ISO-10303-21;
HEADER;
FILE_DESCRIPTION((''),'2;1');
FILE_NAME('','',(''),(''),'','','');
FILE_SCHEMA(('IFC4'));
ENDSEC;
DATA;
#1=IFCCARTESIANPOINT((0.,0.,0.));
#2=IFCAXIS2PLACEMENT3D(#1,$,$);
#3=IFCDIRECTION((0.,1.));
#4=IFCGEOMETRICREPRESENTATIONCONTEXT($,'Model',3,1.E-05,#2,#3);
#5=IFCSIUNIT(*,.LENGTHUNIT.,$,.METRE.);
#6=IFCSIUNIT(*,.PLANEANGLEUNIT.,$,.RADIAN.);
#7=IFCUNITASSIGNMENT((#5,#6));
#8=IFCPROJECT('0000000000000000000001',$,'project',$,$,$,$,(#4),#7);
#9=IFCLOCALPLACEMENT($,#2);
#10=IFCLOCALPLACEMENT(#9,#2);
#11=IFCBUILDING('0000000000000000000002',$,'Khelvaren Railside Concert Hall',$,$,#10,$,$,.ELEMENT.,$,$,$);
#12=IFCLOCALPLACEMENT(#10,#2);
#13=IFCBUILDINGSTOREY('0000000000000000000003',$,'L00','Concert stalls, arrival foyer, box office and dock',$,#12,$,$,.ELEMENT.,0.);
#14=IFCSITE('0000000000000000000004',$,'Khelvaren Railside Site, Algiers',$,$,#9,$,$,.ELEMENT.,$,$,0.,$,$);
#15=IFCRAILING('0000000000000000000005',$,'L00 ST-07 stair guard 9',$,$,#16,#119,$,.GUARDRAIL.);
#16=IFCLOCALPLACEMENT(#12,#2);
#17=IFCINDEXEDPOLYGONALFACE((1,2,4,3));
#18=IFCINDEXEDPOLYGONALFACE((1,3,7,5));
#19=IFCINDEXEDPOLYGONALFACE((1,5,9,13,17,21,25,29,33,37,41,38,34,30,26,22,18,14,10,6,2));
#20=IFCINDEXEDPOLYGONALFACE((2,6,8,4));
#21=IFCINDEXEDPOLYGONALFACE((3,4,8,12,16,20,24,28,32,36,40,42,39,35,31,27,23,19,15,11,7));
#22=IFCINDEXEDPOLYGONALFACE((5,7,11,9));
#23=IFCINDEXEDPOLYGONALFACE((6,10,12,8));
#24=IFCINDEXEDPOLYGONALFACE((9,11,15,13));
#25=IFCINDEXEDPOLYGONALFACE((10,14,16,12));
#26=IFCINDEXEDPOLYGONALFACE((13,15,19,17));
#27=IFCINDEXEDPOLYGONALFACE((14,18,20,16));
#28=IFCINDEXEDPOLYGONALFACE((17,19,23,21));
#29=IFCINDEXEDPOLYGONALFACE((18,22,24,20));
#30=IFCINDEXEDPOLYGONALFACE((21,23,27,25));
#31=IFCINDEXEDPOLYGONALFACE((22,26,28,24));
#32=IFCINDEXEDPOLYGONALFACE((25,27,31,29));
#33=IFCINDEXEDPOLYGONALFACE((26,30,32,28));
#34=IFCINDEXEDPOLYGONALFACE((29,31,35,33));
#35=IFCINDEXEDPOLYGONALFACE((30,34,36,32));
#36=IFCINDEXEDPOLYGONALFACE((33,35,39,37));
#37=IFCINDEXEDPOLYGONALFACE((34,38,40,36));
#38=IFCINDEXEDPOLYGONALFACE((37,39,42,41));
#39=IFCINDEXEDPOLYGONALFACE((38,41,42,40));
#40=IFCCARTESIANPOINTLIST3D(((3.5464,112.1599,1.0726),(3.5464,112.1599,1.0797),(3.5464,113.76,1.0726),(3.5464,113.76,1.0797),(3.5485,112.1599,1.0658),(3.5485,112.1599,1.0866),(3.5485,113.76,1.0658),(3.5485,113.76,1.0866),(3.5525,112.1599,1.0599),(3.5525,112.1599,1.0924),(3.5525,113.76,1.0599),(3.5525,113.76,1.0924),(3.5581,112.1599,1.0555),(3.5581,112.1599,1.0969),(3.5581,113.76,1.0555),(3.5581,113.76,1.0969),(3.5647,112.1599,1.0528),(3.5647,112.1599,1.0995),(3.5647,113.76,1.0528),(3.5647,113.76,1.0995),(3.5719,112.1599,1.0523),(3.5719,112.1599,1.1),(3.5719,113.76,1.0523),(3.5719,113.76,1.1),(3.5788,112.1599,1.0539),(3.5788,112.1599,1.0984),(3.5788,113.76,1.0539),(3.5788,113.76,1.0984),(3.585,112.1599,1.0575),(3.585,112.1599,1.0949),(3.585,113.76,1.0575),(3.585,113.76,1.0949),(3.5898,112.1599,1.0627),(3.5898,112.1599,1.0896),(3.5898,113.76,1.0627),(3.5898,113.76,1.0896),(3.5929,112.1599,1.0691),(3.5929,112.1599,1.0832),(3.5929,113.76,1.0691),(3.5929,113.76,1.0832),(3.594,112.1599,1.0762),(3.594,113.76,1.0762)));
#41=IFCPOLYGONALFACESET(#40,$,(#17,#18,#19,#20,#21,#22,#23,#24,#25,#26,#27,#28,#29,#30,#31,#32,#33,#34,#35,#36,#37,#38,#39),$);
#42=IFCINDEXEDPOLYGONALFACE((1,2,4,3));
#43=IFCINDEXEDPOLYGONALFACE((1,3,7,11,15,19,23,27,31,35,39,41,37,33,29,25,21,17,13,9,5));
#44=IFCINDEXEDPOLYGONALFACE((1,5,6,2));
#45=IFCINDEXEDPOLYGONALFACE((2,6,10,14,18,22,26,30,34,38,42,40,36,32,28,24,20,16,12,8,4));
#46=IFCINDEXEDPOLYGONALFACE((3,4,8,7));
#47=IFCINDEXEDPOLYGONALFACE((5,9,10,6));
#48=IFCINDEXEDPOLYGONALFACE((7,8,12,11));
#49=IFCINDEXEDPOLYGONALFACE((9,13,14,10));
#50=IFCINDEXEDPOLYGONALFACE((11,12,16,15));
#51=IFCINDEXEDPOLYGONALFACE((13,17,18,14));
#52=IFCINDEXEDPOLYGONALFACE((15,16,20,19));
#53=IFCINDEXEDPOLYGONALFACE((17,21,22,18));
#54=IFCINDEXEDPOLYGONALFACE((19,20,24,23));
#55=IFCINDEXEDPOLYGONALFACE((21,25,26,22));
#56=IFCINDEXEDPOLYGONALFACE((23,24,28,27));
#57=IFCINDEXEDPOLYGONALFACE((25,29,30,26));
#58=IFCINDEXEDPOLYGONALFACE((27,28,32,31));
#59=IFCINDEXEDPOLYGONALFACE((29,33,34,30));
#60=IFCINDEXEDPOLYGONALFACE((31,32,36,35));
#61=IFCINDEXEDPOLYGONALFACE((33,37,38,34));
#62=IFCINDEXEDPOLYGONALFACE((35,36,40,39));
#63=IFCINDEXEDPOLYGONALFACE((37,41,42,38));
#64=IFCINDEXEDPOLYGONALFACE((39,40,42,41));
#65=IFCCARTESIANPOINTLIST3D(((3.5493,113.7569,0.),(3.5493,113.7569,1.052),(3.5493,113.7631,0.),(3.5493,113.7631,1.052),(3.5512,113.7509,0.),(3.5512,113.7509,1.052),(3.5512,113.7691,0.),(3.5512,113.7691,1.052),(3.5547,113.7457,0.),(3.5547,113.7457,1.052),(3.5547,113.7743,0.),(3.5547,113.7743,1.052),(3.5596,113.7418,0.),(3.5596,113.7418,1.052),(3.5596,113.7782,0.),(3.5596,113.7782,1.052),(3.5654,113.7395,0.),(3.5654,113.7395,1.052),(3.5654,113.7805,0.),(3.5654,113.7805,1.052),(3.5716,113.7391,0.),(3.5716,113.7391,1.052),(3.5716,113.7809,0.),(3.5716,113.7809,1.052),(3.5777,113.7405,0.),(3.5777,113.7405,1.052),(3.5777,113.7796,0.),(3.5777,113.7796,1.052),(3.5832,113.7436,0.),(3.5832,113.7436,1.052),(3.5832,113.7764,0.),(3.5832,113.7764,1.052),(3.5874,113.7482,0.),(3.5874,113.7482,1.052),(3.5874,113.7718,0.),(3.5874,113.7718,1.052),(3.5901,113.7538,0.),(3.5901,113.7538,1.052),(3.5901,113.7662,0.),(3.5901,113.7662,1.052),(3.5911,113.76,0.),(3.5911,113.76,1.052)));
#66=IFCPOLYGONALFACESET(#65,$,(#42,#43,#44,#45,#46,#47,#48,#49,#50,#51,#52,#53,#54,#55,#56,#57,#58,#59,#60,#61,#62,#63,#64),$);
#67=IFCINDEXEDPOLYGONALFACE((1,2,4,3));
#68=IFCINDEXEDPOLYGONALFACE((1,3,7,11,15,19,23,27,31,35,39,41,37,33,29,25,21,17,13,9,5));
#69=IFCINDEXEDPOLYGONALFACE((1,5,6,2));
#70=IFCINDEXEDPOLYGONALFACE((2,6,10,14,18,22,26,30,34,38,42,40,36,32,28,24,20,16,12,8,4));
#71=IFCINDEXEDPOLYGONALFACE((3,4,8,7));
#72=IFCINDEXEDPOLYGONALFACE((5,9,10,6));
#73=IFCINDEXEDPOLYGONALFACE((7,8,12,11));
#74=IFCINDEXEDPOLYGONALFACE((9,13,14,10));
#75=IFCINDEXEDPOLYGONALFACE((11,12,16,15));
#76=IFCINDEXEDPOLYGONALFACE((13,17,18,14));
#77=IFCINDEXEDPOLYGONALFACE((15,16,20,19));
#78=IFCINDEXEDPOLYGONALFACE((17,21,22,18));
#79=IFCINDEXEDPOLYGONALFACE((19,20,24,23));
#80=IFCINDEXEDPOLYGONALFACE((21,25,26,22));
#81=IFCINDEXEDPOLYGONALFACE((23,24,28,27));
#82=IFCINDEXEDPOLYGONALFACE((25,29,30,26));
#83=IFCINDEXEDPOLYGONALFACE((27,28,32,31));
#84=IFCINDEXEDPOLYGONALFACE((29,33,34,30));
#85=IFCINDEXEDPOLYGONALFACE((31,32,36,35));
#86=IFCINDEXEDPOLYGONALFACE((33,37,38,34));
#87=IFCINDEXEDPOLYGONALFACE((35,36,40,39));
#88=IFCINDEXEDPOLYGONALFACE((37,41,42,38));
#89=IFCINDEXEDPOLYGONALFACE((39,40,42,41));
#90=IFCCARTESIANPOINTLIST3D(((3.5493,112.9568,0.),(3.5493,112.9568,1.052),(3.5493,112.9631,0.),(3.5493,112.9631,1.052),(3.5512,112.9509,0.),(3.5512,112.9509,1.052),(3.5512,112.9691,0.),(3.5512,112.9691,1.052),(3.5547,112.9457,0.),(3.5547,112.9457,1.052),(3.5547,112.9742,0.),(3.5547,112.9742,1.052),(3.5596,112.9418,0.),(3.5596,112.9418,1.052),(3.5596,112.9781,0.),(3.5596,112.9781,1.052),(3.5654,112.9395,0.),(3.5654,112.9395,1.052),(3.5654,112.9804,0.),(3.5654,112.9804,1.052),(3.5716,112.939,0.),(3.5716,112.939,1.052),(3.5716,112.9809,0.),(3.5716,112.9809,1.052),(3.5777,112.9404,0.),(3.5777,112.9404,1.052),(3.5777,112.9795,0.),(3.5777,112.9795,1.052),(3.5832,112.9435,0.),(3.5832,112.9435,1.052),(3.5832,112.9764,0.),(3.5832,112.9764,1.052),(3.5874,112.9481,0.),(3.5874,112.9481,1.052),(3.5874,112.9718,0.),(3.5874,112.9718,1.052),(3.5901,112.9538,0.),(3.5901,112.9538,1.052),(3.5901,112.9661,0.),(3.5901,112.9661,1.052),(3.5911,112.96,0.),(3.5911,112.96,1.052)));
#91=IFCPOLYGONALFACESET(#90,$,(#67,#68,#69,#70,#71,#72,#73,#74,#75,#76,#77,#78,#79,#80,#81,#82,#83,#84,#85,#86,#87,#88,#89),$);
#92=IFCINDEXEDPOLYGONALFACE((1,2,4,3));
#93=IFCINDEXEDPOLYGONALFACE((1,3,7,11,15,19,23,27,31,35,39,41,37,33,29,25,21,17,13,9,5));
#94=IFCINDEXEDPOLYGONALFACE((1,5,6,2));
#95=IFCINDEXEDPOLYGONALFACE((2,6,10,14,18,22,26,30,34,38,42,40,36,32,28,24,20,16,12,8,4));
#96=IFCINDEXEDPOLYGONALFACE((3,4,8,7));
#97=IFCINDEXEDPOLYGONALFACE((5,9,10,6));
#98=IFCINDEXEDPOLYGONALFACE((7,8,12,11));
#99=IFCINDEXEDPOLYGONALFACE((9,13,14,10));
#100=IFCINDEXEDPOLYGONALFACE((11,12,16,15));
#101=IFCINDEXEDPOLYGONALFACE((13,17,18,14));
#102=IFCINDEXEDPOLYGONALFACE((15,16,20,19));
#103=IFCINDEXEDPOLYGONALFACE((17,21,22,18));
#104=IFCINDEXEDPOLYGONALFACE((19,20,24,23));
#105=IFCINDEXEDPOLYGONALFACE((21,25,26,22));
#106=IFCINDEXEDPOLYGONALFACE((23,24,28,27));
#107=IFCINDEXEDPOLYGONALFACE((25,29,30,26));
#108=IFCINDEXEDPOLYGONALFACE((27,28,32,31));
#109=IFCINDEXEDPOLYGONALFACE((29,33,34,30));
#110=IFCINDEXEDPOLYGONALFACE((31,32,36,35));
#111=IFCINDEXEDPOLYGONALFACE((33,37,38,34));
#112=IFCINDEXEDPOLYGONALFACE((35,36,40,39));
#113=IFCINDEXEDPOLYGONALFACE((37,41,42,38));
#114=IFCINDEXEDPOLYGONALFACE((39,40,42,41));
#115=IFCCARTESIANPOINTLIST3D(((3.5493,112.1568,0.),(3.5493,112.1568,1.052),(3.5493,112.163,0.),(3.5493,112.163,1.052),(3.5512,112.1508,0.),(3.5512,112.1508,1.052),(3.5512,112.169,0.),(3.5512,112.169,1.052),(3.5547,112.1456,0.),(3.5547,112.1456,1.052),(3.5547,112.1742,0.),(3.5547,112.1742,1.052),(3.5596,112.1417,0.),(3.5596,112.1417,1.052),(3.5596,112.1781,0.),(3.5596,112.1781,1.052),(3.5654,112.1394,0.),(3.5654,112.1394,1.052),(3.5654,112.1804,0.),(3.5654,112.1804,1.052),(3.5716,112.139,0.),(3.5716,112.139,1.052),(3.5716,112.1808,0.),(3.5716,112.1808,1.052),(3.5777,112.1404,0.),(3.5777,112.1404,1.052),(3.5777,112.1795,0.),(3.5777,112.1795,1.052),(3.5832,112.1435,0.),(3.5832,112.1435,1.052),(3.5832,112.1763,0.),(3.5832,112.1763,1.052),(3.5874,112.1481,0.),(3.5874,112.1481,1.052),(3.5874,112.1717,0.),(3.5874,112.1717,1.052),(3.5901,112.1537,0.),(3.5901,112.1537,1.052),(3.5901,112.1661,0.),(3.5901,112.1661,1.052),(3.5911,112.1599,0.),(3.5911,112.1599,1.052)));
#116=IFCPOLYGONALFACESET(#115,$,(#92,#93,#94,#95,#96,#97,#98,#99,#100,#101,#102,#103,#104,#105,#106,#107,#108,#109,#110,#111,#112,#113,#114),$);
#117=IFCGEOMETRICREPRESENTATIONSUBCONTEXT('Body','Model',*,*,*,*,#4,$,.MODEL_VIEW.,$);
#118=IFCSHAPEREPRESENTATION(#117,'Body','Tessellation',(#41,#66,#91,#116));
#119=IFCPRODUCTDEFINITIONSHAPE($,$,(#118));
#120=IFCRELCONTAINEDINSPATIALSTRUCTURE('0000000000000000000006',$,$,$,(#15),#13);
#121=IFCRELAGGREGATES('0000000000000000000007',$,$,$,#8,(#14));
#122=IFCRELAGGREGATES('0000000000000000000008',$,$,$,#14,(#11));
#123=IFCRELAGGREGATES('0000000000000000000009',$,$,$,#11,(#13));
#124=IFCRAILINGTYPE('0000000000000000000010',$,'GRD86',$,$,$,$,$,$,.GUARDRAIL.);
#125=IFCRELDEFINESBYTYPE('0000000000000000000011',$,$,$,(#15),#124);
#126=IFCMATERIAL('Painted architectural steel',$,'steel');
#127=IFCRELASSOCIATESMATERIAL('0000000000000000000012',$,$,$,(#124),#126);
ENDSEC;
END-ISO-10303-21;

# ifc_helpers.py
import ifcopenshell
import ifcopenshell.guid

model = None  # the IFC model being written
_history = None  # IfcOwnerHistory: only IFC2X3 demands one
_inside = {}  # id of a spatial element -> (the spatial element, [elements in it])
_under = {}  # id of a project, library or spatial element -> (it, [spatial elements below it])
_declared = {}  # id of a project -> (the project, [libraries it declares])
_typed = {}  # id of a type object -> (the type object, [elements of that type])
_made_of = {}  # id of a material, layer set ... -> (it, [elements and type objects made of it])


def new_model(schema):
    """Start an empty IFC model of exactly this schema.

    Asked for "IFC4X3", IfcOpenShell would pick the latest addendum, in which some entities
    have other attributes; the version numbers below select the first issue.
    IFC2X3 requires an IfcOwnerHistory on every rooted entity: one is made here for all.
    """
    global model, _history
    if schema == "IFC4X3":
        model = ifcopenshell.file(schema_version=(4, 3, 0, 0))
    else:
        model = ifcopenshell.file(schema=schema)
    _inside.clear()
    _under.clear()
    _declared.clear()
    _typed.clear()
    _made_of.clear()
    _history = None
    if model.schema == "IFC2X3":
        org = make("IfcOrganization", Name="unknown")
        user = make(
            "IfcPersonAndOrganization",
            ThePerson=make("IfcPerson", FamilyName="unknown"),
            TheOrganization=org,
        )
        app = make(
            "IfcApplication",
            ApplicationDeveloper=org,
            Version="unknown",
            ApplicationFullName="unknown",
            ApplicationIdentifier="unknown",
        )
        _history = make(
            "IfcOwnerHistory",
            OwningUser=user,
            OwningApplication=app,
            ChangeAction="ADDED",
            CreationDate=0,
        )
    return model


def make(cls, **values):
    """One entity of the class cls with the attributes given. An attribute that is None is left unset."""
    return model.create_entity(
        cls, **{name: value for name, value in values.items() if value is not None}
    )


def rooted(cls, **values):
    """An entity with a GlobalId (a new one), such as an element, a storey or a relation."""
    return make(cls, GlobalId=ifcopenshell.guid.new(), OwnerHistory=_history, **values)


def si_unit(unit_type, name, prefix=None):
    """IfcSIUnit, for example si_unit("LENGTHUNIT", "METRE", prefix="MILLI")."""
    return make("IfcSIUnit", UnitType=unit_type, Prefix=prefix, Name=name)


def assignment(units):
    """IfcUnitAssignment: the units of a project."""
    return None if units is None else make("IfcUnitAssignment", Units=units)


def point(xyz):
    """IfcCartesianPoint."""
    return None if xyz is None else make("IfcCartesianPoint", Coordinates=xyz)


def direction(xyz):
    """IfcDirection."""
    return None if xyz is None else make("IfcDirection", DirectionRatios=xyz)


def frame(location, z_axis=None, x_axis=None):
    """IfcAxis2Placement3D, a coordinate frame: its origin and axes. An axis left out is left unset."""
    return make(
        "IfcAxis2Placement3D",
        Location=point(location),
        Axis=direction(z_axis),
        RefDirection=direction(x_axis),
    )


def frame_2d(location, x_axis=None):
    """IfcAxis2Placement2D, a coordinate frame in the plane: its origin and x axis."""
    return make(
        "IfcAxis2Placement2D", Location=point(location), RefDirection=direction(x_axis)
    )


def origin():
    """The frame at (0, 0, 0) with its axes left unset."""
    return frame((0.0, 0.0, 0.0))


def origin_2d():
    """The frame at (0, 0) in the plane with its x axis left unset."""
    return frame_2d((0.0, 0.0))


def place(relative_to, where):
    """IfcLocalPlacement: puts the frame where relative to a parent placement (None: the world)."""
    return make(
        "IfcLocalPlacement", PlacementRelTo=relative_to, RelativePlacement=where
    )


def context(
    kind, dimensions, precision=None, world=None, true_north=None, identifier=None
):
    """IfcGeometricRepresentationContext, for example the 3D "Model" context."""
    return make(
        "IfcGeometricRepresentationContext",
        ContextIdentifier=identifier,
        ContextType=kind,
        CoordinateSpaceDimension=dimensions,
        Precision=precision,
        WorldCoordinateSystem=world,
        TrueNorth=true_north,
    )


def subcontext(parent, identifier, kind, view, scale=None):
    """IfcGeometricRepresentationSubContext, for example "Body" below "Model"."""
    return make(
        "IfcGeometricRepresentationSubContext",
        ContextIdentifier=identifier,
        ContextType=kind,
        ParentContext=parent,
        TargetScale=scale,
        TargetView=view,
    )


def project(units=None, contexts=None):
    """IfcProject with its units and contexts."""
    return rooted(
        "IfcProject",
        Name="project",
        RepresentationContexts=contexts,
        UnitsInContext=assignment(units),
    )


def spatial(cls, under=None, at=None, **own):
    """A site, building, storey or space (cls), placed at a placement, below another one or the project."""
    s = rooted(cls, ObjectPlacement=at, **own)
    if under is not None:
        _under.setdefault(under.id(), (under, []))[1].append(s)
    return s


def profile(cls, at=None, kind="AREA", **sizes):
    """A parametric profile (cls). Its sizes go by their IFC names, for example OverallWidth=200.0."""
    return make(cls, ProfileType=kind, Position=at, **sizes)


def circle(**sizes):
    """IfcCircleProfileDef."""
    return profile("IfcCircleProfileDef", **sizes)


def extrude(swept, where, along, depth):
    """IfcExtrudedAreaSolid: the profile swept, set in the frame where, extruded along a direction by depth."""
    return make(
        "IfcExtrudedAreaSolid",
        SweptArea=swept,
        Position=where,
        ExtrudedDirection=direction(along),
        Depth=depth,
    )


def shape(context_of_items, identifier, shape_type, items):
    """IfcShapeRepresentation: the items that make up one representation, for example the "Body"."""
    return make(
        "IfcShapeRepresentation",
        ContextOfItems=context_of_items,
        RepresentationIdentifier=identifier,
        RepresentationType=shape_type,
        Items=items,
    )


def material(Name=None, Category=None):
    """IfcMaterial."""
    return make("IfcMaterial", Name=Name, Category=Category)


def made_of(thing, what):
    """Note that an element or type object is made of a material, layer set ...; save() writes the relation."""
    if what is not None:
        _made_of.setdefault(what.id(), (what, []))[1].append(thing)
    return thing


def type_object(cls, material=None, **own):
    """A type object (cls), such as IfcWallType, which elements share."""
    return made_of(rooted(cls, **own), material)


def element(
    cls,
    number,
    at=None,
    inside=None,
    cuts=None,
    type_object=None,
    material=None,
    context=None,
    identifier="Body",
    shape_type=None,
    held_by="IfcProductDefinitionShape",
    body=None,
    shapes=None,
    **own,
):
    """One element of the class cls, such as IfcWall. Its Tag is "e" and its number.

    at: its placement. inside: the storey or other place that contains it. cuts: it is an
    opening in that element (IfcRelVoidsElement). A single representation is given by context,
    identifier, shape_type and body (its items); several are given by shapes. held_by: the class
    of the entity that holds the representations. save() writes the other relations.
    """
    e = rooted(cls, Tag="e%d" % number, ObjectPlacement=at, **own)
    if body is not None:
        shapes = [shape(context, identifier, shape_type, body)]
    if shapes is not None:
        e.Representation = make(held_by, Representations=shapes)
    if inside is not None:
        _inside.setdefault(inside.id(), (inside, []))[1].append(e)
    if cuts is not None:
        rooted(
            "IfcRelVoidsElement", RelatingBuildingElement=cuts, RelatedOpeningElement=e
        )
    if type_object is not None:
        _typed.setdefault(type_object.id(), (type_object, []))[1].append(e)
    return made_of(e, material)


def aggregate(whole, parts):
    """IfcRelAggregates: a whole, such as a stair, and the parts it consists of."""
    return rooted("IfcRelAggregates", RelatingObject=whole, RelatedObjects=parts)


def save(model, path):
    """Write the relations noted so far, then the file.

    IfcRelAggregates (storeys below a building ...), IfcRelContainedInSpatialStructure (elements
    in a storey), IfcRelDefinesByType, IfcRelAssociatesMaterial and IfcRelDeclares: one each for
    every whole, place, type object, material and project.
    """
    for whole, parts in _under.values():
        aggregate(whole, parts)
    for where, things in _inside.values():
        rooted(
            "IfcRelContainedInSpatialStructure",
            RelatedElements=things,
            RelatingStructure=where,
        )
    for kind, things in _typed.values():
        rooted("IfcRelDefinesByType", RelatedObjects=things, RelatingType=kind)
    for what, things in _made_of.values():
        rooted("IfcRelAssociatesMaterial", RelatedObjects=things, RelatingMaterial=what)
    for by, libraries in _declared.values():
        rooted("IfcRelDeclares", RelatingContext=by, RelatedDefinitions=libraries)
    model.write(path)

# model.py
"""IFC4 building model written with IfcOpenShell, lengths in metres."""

from ifc_helpers import new_model, si_unit, direction, frame, origin, origin_2d, place, context, subcontext, project, spatial, circle, extrude, material, type_object, element, save


model = new_model("IFC4")

# Units and contexts
model_context = context("Model", 3, precision=1e-05, world=origin(), true_north=direction((0.0, 1.0)))
body_context = subcontext(model_context, "Body", "Model", "MODEL_VIEW")
ifc_project = project(units=[si_unit("LENGTHUNIT", "METRE"), si_unit("PLANEANGLEUNIT", "RADIAN")], contexts=[model_context])

# Site, building, storey
site_placement = place(None, origin())
site = spatial("IfcSite", under=ifc_project, at=site_placement, Name="Khelvaren Railside Site, Algiers", CompositionType="ELEMENT", RefElevation=0.0)
building_placement = place(site_placement, origin())
building = spatial("IfcBuilding", under=site, at=building_placement, Name="Khelvaren Railside Concert Hall", CompositionType="ELEMENT")
storey_placement = place(building_placement, origin())
storey = spatial("IfcBuildingStorey", under=building, at=storey_placement, Name="L00", Description="Concert stalls, arrival foyer, box office and dock", CompositionType="ELEMENT", Elevation=0.0)

# Railing
ifc_material_1 = material(Name="Painted architectural steel", Category="steel")
railing_type_1 = type_object("IfcRailingType", Name="GRD86", PredefinedType="GUARDRAIL", material=ifc_material_1)
railing_1_placement = place(storey_placement, frame((3.5701, 113.76, 0.0)))
element("IfcRailing", 1, at=railing_1_placement, inside=storey, type_object=railing_type_1, Name="L00 ST-07 stair guard 9", PredefinedType="GUARDRAIL", context=body_context, shape_type="SweptSolid", body=[
    extrude(circle(Radius=0.0239, at=origin_2d()), frame((0.0, 0.0, 1.0762), z_axis=(0.0, -1.0, 0.0), x_axis=(1.0, 0.0, 0.0)), (0.0, 0.0, 1.0), 1.6001),
    extrude(circle(Radius=0.021, at=origin_2d()), origin(), (0.0, 0.0, 1.0), 1.052),
    extrude(circle(Radius=0.021, at=origin_2d()), frame((0.0, -0.8, 0.0)), (0.0, 0.0, 1.0), 1.052),
    extrude(circle(Radius=0.021, at=origin_2d()), frame((0.0, -1.6001, 0.0)), (0.0, 0.0, 1.0), 1.052),
])

save(model, "model.ifc")
